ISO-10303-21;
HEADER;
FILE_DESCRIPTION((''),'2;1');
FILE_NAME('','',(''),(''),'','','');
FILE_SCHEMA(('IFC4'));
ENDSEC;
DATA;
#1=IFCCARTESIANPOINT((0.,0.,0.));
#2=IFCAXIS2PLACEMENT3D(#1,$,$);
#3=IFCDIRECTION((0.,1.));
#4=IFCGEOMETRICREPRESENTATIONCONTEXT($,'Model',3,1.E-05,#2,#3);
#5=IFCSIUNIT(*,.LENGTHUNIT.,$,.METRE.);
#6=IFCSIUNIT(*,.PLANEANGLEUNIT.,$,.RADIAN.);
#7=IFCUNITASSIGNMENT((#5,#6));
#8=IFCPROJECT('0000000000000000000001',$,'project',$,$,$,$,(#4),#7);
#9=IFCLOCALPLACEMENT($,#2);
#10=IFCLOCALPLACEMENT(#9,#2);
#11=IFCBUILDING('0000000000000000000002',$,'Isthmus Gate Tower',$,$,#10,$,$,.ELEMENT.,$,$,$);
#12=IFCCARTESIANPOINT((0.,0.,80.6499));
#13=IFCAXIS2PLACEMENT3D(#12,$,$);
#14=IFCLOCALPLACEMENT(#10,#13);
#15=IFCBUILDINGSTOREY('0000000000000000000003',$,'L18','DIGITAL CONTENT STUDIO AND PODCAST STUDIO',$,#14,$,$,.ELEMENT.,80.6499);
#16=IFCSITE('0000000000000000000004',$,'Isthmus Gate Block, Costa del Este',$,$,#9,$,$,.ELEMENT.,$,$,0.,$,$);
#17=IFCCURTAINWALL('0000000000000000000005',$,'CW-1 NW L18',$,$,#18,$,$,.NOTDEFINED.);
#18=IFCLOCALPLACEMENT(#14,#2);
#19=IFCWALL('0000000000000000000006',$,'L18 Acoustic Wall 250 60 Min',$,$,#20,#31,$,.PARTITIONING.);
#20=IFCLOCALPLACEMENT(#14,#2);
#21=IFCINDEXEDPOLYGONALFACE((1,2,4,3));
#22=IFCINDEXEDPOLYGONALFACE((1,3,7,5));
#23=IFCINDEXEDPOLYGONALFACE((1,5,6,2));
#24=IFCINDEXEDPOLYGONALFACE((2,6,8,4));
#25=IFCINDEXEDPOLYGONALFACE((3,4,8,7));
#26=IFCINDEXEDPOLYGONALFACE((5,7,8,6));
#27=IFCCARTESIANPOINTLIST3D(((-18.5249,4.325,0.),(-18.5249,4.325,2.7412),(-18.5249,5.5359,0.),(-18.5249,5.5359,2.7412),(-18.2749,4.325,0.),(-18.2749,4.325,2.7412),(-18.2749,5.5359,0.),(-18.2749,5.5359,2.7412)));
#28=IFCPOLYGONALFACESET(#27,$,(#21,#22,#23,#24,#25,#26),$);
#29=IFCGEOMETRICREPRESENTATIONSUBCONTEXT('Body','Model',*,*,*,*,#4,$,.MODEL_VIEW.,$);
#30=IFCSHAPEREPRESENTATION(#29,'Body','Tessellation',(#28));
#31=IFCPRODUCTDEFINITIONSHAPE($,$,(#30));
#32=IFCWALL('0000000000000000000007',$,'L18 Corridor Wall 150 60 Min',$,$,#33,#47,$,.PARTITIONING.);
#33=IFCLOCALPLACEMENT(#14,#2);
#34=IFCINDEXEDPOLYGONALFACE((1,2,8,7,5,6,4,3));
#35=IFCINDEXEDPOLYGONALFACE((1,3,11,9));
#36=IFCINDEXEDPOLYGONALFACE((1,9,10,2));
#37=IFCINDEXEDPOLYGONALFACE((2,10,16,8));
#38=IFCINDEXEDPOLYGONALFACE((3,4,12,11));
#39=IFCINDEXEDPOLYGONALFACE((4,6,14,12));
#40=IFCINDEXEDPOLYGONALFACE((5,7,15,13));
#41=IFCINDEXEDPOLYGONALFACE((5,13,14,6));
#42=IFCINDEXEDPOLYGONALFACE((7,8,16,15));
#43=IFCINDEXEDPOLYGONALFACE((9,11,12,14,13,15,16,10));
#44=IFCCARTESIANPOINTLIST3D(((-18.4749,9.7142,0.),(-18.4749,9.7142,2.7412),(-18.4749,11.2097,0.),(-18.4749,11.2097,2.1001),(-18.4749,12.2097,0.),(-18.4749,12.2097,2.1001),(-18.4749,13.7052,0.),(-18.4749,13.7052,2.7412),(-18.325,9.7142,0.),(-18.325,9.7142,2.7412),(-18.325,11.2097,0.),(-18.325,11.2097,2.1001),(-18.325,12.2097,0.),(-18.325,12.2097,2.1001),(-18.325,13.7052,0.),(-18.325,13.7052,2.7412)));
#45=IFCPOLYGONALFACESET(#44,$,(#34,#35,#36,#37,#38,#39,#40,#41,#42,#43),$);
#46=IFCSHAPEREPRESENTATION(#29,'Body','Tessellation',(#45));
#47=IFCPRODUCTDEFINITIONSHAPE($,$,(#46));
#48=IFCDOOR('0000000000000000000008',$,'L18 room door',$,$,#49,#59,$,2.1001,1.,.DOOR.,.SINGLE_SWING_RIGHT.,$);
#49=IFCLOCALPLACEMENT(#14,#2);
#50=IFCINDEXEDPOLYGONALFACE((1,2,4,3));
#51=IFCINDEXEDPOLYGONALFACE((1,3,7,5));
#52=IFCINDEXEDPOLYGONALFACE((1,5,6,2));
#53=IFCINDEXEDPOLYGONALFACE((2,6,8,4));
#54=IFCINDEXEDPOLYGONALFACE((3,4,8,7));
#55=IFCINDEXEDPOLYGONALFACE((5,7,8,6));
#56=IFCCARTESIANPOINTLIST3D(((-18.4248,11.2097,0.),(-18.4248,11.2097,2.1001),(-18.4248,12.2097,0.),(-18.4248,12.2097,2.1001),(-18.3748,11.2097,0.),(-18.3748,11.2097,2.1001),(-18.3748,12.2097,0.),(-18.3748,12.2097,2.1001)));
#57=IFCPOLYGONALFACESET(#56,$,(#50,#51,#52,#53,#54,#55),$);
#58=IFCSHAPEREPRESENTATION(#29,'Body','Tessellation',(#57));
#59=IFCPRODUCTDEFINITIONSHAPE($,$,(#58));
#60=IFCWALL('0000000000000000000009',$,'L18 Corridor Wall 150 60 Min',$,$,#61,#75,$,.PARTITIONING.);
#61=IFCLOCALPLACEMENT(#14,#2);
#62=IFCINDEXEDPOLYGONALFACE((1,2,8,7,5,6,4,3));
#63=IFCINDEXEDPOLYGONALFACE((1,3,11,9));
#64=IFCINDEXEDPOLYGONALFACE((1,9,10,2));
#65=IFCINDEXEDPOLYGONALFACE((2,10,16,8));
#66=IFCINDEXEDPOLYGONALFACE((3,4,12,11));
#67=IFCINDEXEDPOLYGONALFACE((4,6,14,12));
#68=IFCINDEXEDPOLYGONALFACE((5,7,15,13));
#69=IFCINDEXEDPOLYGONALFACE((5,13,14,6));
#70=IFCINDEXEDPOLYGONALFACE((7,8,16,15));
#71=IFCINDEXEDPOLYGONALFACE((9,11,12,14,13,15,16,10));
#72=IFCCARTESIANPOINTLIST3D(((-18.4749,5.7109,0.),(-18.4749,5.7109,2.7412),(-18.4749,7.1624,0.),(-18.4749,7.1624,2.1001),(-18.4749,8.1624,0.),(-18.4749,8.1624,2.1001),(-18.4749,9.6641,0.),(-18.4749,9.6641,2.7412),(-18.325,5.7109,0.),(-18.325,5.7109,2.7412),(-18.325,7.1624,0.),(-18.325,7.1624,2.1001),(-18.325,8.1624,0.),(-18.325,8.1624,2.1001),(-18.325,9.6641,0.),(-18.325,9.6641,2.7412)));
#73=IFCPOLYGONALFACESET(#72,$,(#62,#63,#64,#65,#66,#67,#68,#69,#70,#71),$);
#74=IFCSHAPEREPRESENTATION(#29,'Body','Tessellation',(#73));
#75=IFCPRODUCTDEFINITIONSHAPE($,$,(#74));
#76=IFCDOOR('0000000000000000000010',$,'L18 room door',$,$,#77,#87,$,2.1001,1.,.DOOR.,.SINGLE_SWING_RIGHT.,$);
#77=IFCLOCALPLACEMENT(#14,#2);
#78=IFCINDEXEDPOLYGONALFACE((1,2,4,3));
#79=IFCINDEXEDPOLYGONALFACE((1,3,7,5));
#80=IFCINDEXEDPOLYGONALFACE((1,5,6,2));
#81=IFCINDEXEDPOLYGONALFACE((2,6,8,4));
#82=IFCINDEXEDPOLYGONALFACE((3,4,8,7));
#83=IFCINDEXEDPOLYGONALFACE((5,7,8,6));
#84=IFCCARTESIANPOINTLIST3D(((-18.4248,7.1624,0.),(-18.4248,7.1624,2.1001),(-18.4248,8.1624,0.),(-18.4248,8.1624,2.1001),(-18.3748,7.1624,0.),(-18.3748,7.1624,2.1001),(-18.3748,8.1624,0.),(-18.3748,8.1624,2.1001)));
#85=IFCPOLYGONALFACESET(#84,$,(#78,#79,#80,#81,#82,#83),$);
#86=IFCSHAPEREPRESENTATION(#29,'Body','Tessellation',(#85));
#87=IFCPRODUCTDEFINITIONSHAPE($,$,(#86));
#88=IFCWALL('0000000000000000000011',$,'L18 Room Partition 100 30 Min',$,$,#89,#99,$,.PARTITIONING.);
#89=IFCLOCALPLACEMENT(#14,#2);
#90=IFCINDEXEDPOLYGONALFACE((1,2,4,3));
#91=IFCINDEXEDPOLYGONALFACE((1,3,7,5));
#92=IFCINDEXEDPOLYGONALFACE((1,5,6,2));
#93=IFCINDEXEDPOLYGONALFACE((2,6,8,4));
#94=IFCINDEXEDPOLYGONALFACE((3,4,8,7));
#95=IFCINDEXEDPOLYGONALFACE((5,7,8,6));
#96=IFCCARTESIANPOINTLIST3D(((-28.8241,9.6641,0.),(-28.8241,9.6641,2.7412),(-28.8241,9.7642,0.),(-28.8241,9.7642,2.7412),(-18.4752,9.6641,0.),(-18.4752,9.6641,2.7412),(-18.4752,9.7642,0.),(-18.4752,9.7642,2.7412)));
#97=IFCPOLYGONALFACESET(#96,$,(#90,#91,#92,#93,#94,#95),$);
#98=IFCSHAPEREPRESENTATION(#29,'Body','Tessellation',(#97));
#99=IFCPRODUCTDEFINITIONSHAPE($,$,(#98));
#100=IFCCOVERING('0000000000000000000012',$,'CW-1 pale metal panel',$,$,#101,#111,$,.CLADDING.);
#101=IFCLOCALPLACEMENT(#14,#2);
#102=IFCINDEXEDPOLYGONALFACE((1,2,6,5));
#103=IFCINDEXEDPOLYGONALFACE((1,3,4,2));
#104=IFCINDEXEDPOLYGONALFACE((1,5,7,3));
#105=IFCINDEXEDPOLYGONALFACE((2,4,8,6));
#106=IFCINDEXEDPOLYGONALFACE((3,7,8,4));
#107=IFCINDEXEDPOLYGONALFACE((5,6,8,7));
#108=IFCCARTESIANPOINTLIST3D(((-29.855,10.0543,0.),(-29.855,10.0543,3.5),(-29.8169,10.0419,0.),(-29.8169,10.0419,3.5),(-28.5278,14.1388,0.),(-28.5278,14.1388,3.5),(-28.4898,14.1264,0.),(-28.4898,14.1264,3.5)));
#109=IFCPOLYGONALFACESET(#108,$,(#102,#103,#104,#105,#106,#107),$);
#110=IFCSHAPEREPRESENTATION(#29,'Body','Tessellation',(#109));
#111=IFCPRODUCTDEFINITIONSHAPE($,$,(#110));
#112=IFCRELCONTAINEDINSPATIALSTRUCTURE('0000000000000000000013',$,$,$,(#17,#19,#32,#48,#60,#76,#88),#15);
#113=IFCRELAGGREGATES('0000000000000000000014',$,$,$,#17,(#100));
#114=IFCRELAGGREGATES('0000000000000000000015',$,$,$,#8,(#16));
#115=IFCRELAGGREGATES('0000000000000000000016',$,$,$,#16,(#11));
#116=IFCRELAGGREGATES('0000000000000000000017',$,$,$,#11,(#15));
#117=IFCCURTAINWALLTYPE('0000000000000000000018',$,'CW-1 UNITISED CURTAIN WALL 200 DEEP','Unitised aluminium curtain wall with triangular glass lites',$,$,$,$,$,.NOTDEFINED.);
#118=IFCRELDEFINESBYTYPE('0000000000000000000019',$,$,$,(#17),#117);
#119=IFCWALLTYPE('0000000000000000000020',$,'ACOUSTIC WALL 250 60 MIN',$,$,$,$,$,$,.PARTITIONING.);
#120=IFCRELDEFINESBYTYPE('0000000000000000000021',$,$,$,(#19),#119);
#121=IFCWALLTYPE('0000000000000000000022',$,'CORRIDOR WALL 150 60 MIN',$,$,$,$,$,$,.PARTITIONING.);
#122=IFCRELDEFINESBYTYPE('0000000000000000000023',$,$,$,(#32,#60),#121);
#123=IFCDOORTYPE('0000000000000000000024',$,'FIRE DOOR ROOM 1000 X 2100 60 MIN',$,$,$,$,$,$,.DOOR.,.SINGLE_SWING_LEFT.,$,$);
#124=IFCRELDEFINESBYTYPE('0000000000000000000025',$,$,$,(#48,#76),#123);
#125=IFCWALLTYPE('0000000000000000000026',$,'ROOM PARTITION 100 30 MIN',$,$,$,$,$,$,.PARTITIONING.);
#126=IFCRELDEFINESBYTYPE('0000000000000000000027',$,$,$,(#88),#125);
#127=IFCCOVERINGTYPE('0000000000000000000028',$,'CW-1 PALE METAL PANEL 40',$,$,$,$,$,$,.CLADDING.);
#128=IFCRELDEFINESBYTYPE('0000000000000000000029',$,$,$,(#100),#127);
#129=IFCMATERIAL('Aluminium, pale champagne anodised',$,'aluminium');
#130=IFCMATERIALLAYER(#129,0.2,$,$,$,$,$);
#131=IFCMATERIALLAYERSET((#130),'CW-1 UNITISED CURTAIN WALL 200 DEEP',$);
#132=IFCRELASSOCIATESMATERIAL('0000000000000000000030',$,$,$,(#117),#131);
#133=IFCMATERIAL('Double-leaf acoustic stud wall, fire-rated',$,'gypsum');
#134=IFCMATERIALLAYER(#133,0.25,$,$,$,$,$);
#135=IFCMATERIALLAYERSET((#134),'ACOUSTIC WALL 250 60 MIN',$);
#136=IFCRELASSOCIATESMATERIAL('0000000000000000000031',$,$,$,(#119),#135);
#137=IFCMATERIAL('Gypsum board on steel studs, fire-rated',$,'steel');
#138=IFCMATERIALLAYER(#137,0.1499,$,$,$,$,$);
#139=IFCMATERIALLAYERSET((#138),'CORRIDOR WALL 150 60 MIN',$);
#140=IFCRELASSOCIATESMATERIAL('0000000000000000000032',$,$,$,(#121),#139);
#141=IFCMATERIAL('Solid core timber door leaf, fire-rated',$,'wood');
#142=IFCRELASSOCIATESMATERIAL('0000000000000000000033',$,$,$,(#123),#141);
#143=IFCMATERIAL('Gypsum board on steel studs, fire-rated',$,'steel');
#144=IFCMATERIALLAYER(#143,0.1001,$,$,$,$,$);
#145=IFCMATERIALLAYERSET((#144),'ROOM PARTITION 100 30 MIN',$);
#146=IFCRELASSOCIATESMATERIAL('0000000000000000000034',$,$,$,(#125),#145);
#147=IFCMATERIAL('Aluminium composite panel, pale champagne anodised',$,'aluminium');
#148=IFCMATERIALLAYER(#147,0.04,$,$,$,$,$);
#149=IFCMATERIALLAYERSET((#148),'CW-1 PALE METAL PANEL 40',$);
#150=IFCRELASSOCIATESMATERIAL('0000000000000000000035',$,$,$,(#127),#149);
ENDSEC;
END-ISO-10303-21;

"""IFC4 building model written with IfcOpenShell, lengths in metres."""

from ifc_helpers import new_model, si_unit, direction, frame, frame_2d, origin, origin_2d, place, context, subcontext, project, spatial, rectangle, extrude, material, layer, layer_set, type_object, element, fill, aggregate, save


model = new_model("IFC4")

# Units and contexts
model_context = context("Model", 3, precision=1e-05, world=origin(), true_north=direction((0.0, 1.0)))
body_context = subcontext(model_context, "Body", "Model", "MODEL_VIEW")
ifc_project = project(units=[si_unit("LENGTHUNIT", "METRE"), si_unit("PLANEANGLEUNIT", "RADIAN")], contexts=[model_context])

# Site, building, storey
site_placement = place(None, origin())
site = spatial("IfcSite", under=ifc_project, at=site_placement, Name="Isthmus Gate Block, Costa del Este", CompositionType="ELEMENT", RefElevation=0.0)
building_placement = place(site_placement, origin())
building = spatial("IfcBuilding", under=site, at=building_placement, Name="Isthmus Gate Tower", CompositionType="ELEMENT")
storey_placement = place(building_placement, frame((0.0, 0.0, 80.6499)))
storey = spatial("IfcBuildingStorey", under=building, at=storey_placement, Name="L18", Description="DIGITAL CONTENT STUDIO AND PODCAST STUDIO", CompositionType="ELEMENT", Elevation=80.6499)

# Curtain wall
ifc_material_1 = material(Name="Aluminium, pale champagne anodised", Category="aluminium")
ifc_layer_1 = layer(ifc_material_1, 0.2)
ifc_layer_set_1 = layer_set([ifc_layer_1], Name="CW-1 UNITISED CURTAIN WALL 200 DEEP")
curtain_wall_type = type_object("IfcCurtainWallType", Name="CW-1 UNITISED CURTAIN WALL 200 DEEP", Description="Unitised aluminium curtain wall with triangular glass lites", PredefinedType="NOTDEFINED", material=ifc_layer_set_1)
curtain_wall_placement = place(storey_placement, origin())
curtain_wall = element("IfcCurtainWall", 1, at=curtain_wall_placement, inside=storey, type_object=curtain_wall_type, Name="CW-1 NW L18", PredefinedType="NOTDEFINED")

# Wall
ifc_material_2 = material(Name="Double-leaf acoustic stud wall, fire-rated", Category="gypsum")
ifc_layer_2 = layer(ifc_material_2, 0.25)
ifc_layer_set_2 = layer_set([ifc_layer_2], Name="ACOUSTIC WALL 250 60 MIN")
wall_type_1 = type_object("IfcWallType", Name="ACOUSTIC WALL 250 60 MIN", PredefinedType="PARTITIONING", material=ifc_layer_set_2)
wall_1_placement = place(storey_placement, frame((-18.3999, 4.325, 0.0), z_axis=(0.0, 0.0, 1.0), x_axis=(0.0, 1.0, 0.0)))
element("IfcWall", 2, at=wall_1_placement, inside=storey, type_object=wall_type_1, Name="L18 Acoustic Wall 250 60 Min", PredefinedType="PARTITIONING", context=body_context, shape_type="SweptSolid", body=[
    extrude(rectangle(XDim=1.2109, YDim=0.25, at=frame_2d((0.6055, 0.0))), origin(), (0.0, 0.0, 1.0), 2.7412),
])

# Walls, openings, doors
ifc_material_3 = material(Name="Gypsum board on steel studs, fire-rated", Category="steel")
ifc_layer_3 = layer(ifc_material_3, 0.1499)
ifc_layer_set_3 = layer_set([ifc_layer_3], Name="CORRIDOR WALL 150 60 MIN")
wall_type_2 = type_object("IfcWallType", Name="CORRIDOR WALL 150 60 MIN", PredefinedType="PARTITIONING", material=ifc_layer_set_3)
wall_2_placement = place(storey_placement, frame((-18.3999, 9.7141, 0.0), z_axis=(0.0, 0.0, 1.0), x_axis=(0.0, 1.0, 0.0)))
wall_2 = element("IfcWall", 3, at=wall_2_placement, inside=storey, type_object=wall_type_2, Name="L18 Corridor Wall 150 60 Min", PredefinedType="PARTITIONING", context=body_context, shape_type="SweptSolid", body=[
    extrude(rectangle(XDim=3.991, YDim=0.1499, at=frame_2d((1.9956, 0.0))), origin(), (0.0, 0.0, 1.0), 2.7412),
])
opening_1_placement = place(wall_2_placement, frame((1.4956, 0.0, 0.0)))
opening_1 = element("IfcOpeningElement", 4, at=opening_1_placement, cuts=wall_2, PredefinedType="OPENING", context=body_context, shape_type="SweptSolid", body=[
    extrude(rectangle(XDim=1.0, YDim=2.1001, at=frame_2d((0.5, 1.05))), frame((0.0, 0.085, 0.0), z_axis=(0.0, -1.0, 0.0), x_axis=(1.0, 0.0, 0.0)), (0.0, 0.0, 1.0), 0.1699),
])
ifc_material_4 = material(Name="Solid core timber door leaf, fire-rated", Category="wood")
door_type = type_object("IfcDoorType", Name="FIRE DOOR ROOM 1000 X 2100 60 MIN", OperationType="SINGLE_SWING_LEFT", PredefinedType="DOOR", material=ifc_material_4)
door_1_placement = place(opening_1_placement, origin())
door_1 = element("IfcDoor", 5, at=door_1_placement, inside=storey, type_object=door_type, Name="L18 room door", OperationType="SINGLE_SWING_RIGHT", OverallHeight=2.1001, OverallWidth=1.0, PredefinedType="DOOR", context=body_context, shape_type="SweptSolid", body=[
    extrude(rectangle(XDim=1.0, YDim=2.1001, at=frame_2d((0.5, 1.05))), frame((0.0, 0.0249, 0.0), z_axis=(0.0, -1.0, 0.0), x_axis=(1.0, 0.0, 0.0)), (0.0, 0.0, 1.0), 0.05),
])
fill(opening_1, door_1)
wall_3_placement = place(storey_placement, frame((-18.3999, 5.7109, 0.0), z_axis=(0.0, 0.0, 1.0), x_axis=(0.0, 1.0, 0.0)))
wall_3 = element("IfcWall", 6, at=wall_3_placement, inside=storey, type_object=wall_type_2, Name="L18 Corridor Wall 150 60 Min", PredefinedType="PARTITIONING", context=body_context, shape_type="SweptSolid", body=[
    extrude(rectangle(XDim=3.9531, YDim=0.1499, at=frame_2d((1.9766, 0.0))), origin(), (0.0, 0.0, 1.0), 2.7412),
])
opening_2_placement = place(wall_3_placement, frame((1.4514, 0.0, 0.0)))
opening_2 = element("IfcOpeningElement", 7, at=opening_2_placement, cuts=wall_3, PredefinedType="OPENING", context=body_context, shape_type="SweptSolid", body=[
    extrude(rectangle(XDim=1.0, YDim=2.1001, at=frame_2d((0.5, 1.05))), frame((0.0, 0.085, 0.0), z_axis=(0.0, -1.0, 0.0), x_axis=(1.0, 0.0, 0.0)), (0.0, 0.0, 1.0), 0.1699),
])
door_2_placement = place(opening_2_placement, origin())
door_2 = element("IfcDoor", 8, at=door_2_placement, inside=storey, type_object=door_type, Name="L18 room door", OperationType="SINGLE_SWING_RIGHT", OverallHeight=2.1001, OverallWidth=1.0, PredefinedType="DOOR", context=body_context, shape_type="SweptSolid", body=[
    extrude(rectangle(XDim=1.0, YDim=2.1001, at=frame_2d((0.5, 1.05))), frame((0.0, 0.0249, 0.0), z_axis=(0.0, -1.0, 0.0), x_axis=(1.0, 0.0, 0.0)), (0.0, 0.0, 1.0), 0.05),
])
fill(opening_2, door_2)

# Wall
ifc_material_5 = material(Name="Gypsum board on steel studs, fire-rated", Category="steel")
ifc_layer_4 = layer(ifc_material_5, 0.1001)
ifc_layer_set_4 = layer_set([ifc_layer_4], Name="ROOM PARTITION 100 30 MIN")
wall_type_3 = type_object("IfcWallType", Name="ROOM PARTITION 100 30 MIN", PredefinedType="PARTITIONING", material=ifc_layer_set_4)
wall_4_placement = place(storey_placement, frame((-28.824, 9.7141, 0.0), z_axis=(0.0, 0.0, 1.0), x_axis=(1.0, 0.0, 0.0)))
element("IfcWall", 9, at=wall_4_placement, inside=storey, type_object=wall_type_3, Name="L18 Room Partition 100 30 Min", PredefinedType="PARTITIONING", context=body_context, shape_type="SweptSolid", body=[
    extrude(rectangle(XDim=10.3489, YDim=0.1001, at=frame_2d((5.1743, 0.0))), origin(), (0.0, 0.0, 1.0), 2.7412),
])

# Covering
ifc_material_6 = material(Name="Aluminium composite panel, pale champagne anodised", Category="aluminium")
ifc_layer_5 = layer(ifc_material_6, 0.04)
ifc_layer_set_5 = layer_set([ifc_layer_5], Name="CW-1 PALE METAL PANEL 40")
covering_type = type_object("IfcCoveringType", Name="CW-1 PALE METAL PANEL 40", PredefinedType="CLADDING", material=ifc_layer_set_5)
covering_placement = place(storey_placement, frame((-29.1724, 12.0903, 0.0), z_axis=(0.0, 0.0, 1.0), x_axis=(-0.309017, -0.951057, 0.0)))
covering = element("IfcCovering", 10, at=covering_placement, type_object=covering_type, Name="CW-1 pale metal panel", PredefinedType="CLADDING", context=body_context, shape_type="SweptSolid", body=[
    extrude(rectangle(XDim=4.2947, YDim=0.04, at=origin_2d()), origin(), (0.0, 0.0, 1.0), 3.5),
])
aggregate(curtain_wall, [covering])

save(model, "model.ifc")
